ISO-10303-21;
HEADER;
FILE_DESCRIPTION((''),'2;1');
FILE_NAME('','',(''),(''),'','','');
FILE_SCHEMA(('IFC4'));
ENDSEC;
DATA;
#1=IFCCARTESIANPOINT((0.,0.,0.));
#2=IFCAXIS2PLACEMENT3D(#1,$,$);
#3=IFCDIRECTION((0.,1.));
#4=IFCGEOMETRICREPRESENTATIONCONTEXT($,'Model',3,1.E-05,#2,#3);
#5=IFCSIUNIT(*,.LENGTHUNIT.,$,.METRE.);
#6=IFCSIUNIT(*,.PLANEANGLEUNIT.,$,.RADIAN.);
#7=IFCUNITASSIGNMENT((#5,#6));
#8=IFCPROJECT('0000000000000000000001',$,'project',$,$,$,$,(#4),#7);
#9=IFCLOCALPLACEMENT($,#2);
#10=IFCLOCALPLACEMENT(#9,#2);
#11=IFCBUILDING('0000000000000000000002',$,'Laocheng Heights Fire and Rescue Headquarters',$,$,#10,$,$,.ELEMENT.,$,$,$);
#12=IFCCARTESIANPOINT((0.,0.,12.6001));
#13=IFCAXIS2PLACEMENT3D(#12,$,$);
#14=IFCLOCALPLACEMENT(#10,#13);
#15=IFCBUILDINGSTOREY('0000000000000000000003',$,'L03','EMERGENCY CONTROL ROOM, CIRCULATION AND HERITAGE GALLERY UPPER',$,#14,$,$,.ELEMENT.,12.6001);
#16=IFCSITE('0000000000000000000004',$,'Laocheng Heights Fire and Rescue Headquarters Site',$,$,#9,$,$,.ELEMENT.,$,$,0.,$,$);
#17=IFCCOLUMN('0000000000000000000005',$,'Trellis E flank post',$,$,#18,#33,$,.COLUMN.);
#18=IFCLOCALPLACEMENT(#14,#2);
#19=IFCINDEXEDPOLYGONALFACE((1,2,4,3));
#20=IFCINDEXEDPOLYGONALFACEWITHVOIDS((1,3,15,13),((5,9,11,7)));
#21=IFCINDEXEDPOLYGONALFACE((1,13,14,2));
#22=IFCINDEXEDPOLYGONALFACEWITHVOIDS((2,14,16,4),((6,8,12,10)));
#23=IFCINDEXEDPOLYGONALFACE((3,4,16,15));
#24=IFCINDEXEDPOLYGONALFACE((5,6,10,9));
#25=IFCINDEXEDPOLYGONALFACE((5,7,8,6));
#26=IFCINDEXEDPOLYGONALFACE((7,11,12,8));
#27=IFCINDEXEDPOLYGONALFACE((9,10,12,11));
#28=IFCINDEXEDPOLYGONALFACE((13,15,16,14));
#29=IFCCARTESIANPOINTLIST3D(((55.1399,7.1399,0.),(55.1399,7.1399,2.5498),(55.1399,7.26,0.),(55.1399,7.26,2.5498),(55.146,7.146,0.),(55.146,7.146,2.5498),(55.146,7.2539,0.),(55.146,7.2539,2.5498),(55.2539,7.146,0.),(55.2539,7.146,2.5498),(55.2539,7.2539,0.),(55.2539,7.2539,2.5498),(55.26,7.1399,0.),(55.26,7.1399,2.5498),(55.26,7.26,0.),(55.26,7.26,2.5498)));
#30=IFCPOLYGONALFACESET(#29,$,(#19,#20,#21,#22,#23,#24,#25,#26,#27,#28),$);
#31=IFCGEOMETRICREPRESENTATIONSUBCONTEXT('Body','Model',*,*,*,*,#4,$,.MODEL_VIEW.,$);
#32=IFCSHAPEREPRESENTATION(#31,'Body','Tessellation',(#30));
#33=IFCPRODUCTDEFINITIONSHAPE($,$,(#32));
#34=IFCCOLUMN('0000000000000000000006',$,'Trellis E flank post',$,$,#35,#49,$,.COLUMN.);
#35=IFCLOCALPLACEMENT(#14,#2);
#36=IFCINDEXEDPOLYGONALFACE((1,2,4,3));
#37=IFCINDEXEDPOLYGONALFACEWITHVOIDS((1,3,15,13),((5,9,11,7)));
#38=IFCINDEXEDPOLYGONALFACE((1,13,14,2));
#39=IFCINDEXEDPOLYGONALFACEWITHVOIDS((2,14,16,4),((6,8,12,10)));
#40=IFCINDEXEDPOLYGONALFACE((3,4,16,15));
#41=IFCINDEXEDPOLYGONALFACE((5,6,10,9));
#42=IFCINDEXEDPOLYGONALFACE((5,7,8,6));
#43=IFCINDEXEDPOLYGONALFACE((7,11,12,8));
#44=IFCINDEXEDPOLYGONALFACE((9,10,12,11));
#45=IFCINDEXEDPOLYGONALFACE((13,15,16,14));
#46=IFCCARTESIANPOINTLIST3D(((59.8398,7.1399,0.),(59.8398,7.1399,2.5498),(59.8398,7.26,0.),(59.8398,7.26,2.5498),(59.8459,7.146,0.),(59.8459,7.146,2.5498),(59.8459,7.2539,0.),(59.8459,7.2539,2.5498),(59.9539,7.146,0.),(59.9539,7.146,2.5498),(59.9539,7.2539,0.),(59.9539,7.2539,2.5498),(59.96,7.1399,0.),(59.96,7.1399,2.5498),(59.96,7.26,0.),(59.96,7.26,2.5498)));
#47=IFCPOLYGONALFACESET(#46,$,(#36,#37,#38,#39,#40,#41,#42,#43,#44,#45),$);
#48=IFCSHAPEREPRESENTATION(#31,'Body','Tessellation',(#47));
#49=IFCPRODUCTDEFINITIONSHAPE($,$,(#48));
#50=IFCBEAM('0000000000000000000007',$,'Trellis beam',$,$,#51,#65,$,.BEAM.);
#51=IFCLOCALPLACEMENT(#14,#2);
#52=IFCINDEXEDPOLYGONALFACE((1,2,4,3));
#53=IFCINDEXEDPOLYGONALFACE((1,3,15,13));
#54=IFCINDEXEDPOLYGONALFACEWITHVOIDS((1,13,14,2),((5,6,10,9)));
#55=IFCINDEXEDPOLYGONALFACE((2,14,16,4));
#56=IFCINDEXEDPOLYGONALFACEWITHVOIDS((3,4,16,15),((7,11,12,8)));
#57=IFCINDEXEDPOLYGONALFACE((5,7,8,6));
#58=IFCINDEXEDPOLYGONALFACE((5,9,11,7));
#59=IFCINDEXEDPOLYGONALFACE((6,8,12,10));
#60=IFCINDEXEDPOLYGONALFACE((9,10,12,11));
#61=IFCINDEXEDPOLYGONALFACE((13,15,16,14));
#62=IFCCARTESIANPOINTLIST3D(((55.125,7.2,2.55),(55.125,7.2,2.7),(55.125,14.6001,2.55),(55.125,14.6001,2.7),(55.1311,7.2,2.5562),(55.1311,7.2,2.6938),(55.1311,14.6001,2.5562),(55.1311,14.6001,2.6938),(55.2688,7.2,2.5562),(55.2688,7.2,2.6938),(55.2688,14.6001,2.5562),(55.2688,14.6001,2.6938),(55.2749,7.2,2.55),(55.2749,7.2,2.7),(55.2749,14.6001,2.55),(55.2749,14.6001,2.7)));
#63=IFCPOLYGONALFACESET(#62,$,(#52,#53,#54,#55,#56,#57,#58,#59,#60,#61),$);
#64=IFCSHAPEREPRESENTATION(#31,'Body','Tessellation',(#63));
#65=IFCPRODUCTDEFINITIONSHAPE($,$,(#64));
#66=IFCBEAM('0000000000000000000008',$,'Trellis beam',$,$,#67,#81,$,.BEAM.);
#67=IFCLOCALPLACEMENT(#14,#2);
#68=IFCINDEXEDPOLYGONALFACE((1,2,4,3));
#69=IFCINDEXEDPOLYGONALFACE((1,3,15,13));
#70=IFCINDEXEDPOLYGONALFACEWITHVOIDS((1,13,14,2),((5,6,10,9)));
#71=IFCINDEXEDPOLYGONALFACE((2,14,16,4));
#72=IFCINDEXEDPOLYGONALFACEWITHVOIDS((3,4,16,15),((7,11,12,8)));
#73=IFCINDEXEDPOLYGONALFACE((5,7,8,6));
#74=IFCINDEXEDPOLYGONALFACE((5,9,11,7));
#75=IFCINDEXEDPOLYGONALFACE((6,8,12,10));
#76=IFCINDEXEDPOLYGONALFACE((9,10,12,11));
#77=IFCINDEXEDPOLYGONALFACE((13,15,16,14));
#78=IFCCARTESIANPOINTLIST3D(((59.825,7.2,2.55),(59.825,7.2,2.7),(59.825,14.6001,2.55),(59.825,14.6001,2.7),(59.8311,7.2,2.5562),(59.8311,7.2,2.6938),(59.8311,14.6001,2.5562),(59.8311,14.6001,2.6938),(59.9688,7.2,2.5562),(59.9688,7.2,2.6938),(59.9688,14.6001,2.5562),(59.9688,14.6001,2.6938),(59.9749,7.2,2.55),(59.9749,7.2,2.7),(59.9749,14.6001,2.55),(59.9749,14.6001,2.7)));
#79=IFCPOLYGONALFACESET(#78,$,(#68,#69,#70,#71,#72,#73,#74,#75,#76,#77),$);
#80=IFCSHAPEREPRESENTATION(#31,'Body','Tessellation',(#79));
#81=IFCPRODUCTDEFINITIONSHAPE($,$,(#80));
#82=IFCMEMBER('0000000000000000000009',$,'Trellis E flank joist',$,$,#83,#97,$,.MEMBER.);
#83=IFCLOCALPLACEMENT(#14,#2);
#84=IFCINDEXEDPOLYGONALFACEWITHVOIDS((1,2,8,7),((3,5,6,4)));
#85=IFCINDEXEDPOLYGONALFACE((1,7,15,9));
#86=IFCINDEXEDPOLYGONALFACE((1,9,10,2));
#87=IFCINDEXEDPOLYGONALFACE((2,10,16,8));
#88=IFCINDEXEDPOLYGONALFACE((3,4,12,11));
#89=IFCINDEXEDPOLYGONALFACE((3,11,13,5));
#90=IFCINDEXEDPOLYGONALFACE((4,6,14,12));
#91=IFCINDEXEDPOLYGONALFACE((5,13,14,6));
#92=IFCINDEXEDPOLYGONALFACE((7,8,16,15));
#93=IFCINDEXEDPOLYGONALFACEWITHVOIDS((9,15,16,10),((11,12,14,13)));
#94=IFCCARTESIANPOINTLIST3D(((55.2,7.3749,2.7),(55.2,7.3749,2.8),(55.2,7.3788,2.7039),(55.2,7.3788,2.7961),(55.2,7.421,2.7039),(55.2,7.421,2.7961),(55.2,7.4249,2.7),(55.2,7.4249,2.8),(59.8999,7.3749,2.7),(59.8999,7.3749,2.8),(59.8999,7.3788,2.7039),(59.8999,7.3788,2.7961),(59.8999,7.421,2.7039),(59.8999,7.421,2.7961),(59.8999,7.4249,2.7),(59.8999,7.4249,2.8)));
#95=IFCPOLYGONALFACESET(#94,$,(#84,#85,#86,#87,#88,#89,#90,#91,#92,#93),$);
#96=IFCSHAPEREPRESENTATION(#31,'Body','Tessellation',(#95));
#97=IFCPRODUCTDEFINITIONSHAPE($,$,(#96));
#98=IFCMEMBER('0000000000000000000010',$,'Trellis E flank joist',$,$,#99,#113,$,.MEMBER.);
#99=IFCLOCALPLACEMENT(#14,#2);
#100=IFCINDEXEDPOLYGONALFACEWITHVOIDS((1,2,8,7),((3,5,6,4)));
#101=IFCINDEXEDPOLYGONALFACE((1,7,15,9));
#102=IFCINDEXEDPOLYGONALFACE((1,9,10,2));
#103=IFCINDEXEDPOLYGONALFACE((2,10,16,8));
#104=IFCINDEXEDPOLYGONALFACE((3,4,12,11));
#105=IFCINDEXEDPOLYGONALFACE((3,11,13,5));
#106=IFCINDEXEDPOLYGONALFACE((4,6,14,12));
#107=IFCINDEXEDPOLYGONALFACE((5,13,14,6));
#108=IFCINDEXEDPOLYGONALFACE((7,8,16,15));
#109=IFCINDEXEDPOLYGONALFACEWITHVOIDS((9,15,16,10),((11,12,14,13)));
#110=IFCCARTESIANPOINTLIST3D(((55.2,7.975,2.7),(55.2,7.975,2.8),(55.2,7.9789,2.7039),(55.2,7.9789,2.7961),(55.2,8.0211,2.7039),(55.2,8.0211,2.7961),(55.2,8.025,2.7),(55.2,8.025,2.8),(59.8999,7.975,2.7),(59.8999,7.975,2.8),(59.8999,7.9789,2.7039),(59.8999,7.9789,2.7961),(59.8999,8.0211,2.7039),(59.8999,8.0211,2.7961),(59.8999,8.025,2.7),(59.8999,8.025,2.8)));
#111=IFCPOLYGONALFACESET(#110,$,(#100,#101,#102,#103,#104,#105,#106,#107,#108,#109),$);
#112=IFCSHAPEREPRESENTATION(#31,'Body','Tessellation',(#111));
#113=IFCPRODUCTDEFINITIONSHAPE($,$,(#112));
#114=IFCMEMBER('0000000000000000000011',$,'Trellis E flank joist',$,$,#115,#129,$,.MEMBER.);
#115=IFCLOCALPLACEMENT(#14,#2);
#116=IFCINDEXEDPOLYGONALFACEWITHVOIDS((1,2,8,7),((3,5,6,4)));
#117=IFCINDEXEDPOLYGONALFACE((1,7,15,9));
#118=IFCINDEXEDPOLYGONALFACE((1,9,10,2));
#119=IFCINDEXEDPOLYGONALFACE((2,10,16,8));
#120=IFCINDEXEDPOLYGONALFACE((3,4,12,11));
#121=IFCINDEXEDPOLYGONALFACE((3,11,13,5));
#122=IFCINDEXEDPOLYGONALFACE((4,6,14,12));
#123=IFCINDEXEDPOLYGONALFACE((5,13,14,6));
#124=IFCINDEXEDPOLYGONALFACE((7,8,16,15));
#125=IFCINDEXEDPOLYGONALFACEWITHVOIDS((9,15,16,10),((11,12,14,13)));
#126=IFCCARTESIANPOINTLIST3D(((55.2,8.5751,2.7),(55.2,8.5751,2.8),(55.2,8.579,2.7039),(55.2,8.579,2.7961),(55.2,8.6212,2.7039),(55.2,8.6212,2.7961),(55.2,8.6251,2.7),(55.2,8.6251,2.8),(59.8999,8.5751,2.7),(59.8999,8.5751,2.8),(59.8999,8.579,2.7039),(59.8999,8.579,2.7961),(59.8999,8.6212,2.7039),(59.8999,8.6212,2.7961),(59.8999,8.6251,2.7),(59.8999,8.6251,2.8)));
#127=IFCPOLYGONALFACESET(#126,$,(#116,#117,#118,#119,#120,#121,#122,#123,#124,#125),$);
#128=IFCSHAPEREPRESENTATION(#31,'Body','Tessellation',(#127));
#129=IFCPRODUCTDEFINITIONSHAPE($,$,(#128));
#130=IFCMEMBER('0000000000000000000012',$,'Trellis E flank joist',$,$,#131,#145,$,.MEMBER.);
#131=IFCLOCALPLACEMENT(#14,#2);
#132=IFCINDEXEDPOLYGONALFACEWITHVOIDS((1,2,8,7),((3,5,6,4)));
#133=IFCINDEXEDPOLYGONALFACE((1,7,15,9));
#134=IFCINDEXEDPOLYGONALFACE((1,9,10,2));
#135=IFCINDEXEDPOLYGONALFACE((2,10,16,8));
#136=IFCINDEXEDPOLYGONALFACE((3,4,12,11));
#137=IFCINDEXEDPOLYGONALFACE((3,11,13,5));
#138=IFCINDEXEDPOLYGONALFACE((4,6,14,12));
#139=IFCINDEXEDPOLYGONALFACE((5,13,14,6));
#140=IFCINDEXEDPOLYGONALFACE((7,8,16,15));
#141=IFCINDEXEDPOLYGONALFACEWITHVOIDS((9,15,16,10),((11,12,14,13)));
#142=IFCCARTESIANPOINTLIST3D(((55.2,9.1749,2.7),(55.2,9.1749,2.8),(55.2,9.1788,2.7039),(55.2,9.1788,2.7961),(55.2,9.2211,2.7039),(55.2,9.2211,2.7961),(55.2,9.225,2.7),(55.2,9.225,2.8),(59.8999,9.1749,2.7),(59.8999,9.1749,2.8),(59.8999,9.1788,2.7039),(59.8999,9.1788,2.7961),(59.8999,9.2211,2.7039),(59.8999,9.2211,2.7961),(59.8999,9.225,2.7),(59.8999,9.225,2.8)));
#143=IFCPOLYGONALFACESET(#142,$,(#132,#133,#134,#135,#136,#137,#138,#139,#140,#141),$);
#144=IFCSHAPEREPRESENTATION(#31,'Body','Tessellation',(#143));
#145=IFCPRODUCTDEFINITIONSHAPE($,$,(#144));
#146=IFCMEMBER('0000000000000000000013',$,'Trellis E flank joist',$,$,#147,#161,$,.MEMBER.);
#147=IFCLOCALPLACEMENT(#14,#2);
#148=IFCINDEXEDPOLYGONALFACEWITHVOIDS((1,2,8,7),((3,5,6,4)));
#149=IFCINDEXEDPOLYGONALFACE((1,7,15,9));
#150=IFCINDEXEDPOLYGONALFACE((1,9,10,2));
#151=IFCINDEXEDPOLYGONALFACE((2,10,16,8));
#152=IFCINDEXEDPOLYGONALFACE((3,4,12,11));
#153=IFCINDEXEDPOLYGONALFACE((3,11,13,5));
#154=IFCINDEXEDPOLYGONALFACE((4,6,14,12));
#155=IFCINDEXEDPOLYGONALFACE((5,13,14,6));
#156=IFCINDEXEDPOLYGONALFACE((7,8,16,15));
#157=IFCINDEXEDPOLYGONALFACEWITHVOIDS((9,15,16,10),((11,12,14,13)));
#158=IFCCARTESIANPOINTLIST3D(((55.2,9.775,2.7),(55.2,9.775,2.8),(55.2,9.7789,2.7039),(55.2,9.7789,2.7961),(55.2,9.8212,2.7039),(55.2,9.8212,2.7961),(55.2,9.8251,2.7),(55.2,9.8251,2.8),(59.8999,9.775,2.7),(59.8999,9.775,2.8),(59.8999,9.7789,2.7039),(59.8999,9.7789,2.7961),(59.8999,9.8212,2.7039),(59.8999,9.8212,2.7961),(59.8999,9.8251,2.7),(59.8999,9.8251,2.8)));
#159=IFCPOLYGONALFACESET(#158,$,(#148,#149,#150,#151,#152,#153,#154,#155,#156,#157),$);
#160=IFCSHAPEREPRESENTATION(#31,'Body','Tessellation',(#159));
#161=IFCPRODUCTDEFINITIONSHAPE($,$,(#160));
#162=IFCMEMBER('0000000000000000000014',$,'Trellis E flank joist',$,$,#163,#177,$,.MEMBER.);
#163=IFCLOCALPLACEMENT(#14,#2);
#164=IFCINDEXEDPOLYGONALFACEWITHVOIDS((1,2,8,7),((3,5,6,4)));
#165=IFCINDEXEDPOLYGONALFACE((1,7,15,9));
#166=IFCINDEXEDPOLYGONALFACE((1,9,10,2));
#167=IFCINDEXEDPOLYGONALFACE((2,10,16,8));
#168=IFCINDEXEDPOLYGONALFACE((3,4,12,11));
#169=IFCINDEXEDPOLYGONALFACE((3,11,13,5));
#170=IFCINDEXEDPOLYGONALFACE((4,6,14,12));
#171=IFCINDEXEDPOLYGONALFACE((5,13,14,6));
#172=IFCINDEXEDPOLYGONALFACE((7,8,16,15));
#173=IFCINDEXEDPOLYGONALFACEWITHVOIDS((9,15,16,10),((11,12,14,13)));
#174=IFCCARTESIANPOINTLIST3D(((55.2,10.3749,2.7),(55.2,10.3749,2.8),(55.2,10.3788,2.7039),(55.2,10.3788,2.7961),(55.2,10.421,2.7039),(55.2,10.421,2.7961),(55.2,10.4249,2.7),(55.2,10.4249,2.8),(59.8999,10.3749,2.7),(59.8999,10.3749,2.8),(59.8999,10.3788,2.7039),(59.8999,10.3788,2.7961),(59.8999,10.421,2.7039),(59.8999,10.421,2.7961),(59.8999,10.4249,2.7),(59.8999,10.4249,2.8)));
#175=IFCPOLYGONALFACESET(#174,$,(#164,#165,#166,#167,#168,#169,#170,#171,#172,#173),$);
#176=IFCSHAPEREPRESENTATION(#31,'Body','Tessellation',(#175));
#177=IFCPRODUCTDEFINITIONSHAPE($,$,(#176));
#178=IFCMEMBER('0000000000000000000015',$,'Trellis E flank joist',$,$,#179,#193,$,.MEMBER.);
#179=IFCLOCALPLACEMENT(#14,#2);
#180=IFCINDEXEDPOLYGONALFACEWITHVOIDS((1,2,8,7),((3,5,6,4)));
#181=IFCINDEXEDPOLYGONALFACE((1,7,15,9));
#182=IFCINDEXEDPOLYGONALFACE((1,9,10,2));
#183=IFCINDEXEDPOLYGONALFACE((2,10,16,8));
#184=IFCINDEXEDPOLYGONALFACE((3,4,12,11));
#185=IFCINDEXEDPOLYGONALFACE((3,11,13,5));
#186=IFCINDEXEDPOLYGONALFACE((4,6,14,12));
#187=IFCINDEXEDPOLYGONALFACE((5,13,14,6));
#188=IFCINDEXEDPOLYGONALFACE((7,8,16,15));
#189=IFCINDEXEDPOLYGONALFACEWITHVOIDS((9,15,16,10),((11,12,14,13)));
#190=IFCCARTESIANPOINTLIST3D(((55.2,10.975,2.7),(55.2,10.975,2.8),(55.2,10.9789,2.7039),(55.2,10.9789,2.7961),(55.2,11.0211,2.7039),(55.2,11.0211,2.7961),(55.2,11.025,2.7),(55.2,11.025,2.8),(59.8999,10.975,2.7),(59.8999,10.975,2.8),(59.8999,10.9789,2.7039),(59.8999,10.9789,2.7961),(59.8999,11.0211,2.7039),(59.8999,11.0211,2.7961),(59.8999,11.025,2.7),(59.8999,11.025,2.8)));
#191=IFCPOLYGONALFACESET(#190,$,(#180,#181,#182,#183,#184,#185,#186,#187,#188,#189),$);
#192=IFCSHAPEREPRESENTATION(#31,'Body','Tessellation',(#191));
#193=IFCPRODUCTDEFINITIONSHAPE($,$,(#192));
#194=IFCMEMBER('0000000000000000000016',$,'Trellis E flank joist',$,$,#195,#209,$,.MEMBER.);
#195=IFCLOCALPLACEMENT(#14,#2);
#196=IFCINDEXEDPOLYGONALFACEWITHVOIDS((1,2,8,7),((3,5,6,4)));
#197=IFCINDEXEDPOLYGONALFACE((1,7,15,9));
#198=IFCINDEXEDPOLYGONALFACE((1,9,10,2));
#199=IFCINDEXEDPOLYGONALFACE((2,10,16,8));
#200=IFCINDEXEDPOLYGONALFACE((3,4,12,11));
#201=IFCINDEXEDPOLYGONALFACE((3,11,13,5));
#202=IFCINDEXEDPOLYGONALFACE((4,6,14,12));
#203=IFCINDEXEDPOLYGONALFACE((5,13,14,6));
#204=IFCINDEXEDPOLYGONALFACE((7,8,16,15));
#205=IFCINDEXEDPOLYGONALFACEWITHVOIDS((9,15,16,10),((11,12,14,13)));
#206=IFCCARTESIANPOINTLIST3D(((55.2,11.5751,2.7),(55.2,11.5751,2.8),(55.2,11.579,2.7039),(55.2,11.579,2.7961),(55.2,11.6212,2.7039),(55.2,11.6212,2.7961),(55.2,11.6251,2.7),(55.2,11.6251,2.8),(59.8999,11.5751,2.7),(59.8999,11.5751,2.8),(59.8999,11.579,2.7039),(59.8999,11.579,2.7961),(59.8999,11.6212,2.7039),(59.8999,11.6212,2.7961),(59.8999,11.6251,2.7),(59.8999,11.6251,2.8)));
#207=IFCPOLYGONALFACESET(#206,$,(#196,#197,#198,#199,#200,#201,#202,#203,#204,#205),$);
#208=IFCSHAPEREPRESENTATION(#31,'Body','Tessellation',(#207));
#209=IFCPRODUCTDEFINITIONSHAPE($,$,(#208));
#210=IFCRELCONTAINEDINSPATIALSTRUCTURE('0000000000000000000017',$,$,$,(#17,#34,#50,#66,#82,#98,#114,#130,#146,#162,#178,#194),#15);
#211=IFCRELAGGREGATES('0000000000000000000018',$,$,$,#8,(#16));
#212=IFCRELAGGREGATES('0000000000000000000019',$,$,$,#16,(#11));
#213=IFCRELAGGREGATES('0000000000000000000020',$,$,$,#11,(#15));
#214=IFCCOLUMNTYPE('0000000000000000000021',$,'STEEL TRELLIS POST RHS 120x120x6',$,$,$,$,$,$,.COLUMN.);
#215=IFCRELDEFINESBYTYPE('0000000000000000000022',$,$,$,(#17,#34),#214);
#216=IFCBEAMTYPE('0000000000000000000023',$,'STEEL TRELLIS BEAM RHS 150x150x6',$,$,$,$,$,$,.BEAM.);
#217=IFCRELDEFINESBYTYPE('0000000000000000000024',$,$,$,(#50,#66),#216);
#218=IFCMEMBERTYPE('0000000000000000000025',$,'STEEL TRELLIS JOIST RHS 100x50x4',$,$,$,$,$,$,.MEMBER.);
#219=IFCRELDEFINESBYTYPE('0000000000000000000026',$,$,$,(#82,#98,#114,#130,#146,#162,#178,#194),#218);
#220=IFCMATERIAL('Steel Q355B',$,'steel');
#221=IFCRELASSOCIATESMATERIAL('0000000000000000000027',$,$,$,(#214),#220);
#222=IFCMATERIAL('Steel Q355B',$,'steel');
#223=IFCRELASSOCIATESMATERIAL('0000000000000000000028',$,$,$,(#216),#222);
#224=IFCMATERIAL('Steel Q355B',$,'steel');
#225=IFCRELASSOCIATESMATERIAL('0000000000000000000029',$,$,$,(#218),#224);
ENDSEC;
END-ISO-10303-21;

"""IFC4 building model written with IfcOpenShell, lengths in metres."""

from ifc_helpers import new_model, si_unit, direction, frame, origin, origin_2d, place, context, subcontext, project, spatial, hollow_rectangle, extrude, material, material_profile, profile_set, type_object, element, save


model = new_model("IFC4")

# Units and contexts
model_context = context("Model", 3, precision=1e-05, world=origin(), true_north=direction((0.0, 1.0)))
body_context = subcontext(model_context, "Body", "Model", "MODEL_VIEW")
ifc_project = project(units=[si_unit("LENGTHUNIT", "METRE"), si_unit("PLANEANGLEUNIT", "RADIAN")], contexts=[model_context])

# Site, building, storey
site_placement = place(None, origin())
site = spatial("IfcSite", under=ifc_project, at=site_placement, Name="Laocheng Heights Fire and Rescue Headquarters Site", CompositionType="ELEMENT", RefElevation=0.0)
building_placement = place(site_placement, origin())
building = spatial("IfcBuilding", under=site, at=building_placement, Name="Laocheng Heights Fire and Rescue Headquarters", CompositionType="ELEMENT")
storey_placement = place(building_placement, frame((0.0, 0.0, 12.6001)))
storey = spatial("IfcBuildingStorey", under=building, at=storey_placement, Name="L03", Description="EMERGENCY CONTROL ROOM, CIRCULATION AND HERITAGE GALLERY UPPER", CompositionType="ELEMENT", Elevation=12.6001)

# Columns
ifc_material_1 = material(Name="Steel Q355B", Category="steel")
ifc_material_profile_1 = material_profile(ifc_material_1, hollow_rectangle(XDim=0.1201, YDim=0.1201, WallThickness=0.0061, at=origin_2d()), Name="RHS 120x120x6")
ifc_profile_set_1 = profile_set([ifc_material_profile_1], Name="Steel Q355B")
column_type = type_object("IfcColumnType", Name="STEEL TRELLIS POST RHS 120x120x6", PredefinedType="COLUMN", material=ifc_profile_set_1)
for number, where, z_axis, x_axis, name in (
    (1, (55.2, 7.2, 0.0), (0.0, 0.0, 1.0), (1.0, 0.0, 0.0), "Trellis E flank post"),
    (2, (59.8999, 7.2, 0.0), (0.0, 0.0, 1.0), (1.0, 0.0, 0.0), "Trellis E flank post"),
):
    element("IfcColumn", number, at=place(storey_placement, frame(where, z_axis=z_axis, x_axis=x_axis)), inside=storey, type_object=column_type, Name=name, PredefinedType="COLUMN", context=body_context, shape_type="SweptSolid", body=[
        extrude(hollow_rectangle(XDim=0.1201, YDim=0.1201, WallThickness=0.0061, at=origin_2d()), origin(), (0.0, 0.0, 1.0), 2.5498),
    ])

# Beams
ifc_material_2 = material(Name="Steel Q355B", Category="steel")
ifc_material_profile_2 = material_profile(ifc_material_2, hollow_rectangle(XDim=0.1499, YDim=0.1499, WallThickness=0.0061, at=origin_2d()), Name="RHS 150x150x6")
ifc_profile_set_2 = profile_set([ifc_material_profile_2], Name="Steel Q355B")
beam_type = type_object("IfcBeamType", Name="STEEL TRELLIS BEAM RHS 150x150x6", PredefinedType="BEAM", material=ifc_profile_set_2)
for number, where, z_axis, x_axis, name in (
    (3, (55.2, 7.2, 2.625), (0.0, 1.0, 0.0), (-1.0, 0.0, 0.0), "Trellis beam"),
    (4, (59.8999, 7.2, 2.625), (0.0, 1.0, 0.0), (-1.0, 0.0, 0.0), "Trellis beam"),
):
    element("IfcBeam", number, at=place(storey_placement, frame(where, z_axis=z_axis, x_axis=x_axis)), inside=storey, type_object=beam_type, Name=name, PredefinedType="BEAM", context=body_context, shape_type="SweptSolid", body=[
        extrude(hollow_rectangle(XDim=0.1499, YDim=0.1499, WallThickness=0.0061, at=origin_2d()), origin(), (0.0, 0.0, 1.0), 7.4001),
    ])

# Members
ifc_material_3 = material(Name="Steel Q355B", Category="steel")
ifc_material_profile_3 = material_profile(ifc_material_3, hollow_rectangle(XDim=0.05, YDim=0.1001, WallThickness=0.0039, at=origin_2d()), Name="RHS 100x50x4")
ifc_profile_set_3 = profile_set([ifc_material_profile_3], Name="Steel Q355B")
member_type = type_object("IfcMemberType", Name="STEEL TRELLIS JOIST RHS 100x50x4", PredefinedType="MEMBER", material=ifc_profile_set_3)
for number, where, z_axis, x_axis, name in (
    (5, (55.2, 7.3999, 2.75), (1.0, 0.0, 0.0), (0.0, 1.0, 0.0), "Trellis E flank joist"),
    (6, (55.2, 8.0, 2.75), (1.0, 0.0, 0.0), (0.0, 1.0, 0.0), "Trellis E flank joist"),
    (7, (55.2, 8.6001, 2.75), (1.0, 0.0, 0.0), (0.0, 1.0, 0.0), "Trellis E flank joist"),
    (8, (55.2, 9.2, 2.75), (1.0, 0.0, 0.0), (0.0, 1.0, 0.0), "Trellis E flank joist"),
    (9, (55.2, 9.8, 2.75), (1.0, 0.0, 0.0), (0.0, 1.0, 0.0), "Trellis E flank joist"),
    (10, (55.2, 10.3999, 2.75), (1.0, 0.0, 0.0), (0.0, 1.0, 0.0), "Trellis E flank joist"),
    (11, (55.2, 11.0, 2.75), (1.0, 0.0, 0.0), (0.0, 1.0, 0.0), "Trellis E flank joist"),
    (12, (55.2, 11.6001, 2.75), (1.0, 0.0, 0.0), (0.0, 1.0, 0.0), "Trellis E flank joist"),
):
    element("IfcMember", number, at=place(storey_placement, frame(where, z_axis=z_axis, x_axis=x_axis)), inside=storey, type_object=member_type, Name=name, PredefinedType="MEMBER", context=body_context, shape_type="SweptSolid", body=[
        extrude(hollow_rectangle(XDim=0.05, YDim=0.1001, WallThickness=0.0039, at=origin_2d()), origin(), (0.0, 0.0, 1.0), 4.7),
    ])

save(model, "model.ifc")
